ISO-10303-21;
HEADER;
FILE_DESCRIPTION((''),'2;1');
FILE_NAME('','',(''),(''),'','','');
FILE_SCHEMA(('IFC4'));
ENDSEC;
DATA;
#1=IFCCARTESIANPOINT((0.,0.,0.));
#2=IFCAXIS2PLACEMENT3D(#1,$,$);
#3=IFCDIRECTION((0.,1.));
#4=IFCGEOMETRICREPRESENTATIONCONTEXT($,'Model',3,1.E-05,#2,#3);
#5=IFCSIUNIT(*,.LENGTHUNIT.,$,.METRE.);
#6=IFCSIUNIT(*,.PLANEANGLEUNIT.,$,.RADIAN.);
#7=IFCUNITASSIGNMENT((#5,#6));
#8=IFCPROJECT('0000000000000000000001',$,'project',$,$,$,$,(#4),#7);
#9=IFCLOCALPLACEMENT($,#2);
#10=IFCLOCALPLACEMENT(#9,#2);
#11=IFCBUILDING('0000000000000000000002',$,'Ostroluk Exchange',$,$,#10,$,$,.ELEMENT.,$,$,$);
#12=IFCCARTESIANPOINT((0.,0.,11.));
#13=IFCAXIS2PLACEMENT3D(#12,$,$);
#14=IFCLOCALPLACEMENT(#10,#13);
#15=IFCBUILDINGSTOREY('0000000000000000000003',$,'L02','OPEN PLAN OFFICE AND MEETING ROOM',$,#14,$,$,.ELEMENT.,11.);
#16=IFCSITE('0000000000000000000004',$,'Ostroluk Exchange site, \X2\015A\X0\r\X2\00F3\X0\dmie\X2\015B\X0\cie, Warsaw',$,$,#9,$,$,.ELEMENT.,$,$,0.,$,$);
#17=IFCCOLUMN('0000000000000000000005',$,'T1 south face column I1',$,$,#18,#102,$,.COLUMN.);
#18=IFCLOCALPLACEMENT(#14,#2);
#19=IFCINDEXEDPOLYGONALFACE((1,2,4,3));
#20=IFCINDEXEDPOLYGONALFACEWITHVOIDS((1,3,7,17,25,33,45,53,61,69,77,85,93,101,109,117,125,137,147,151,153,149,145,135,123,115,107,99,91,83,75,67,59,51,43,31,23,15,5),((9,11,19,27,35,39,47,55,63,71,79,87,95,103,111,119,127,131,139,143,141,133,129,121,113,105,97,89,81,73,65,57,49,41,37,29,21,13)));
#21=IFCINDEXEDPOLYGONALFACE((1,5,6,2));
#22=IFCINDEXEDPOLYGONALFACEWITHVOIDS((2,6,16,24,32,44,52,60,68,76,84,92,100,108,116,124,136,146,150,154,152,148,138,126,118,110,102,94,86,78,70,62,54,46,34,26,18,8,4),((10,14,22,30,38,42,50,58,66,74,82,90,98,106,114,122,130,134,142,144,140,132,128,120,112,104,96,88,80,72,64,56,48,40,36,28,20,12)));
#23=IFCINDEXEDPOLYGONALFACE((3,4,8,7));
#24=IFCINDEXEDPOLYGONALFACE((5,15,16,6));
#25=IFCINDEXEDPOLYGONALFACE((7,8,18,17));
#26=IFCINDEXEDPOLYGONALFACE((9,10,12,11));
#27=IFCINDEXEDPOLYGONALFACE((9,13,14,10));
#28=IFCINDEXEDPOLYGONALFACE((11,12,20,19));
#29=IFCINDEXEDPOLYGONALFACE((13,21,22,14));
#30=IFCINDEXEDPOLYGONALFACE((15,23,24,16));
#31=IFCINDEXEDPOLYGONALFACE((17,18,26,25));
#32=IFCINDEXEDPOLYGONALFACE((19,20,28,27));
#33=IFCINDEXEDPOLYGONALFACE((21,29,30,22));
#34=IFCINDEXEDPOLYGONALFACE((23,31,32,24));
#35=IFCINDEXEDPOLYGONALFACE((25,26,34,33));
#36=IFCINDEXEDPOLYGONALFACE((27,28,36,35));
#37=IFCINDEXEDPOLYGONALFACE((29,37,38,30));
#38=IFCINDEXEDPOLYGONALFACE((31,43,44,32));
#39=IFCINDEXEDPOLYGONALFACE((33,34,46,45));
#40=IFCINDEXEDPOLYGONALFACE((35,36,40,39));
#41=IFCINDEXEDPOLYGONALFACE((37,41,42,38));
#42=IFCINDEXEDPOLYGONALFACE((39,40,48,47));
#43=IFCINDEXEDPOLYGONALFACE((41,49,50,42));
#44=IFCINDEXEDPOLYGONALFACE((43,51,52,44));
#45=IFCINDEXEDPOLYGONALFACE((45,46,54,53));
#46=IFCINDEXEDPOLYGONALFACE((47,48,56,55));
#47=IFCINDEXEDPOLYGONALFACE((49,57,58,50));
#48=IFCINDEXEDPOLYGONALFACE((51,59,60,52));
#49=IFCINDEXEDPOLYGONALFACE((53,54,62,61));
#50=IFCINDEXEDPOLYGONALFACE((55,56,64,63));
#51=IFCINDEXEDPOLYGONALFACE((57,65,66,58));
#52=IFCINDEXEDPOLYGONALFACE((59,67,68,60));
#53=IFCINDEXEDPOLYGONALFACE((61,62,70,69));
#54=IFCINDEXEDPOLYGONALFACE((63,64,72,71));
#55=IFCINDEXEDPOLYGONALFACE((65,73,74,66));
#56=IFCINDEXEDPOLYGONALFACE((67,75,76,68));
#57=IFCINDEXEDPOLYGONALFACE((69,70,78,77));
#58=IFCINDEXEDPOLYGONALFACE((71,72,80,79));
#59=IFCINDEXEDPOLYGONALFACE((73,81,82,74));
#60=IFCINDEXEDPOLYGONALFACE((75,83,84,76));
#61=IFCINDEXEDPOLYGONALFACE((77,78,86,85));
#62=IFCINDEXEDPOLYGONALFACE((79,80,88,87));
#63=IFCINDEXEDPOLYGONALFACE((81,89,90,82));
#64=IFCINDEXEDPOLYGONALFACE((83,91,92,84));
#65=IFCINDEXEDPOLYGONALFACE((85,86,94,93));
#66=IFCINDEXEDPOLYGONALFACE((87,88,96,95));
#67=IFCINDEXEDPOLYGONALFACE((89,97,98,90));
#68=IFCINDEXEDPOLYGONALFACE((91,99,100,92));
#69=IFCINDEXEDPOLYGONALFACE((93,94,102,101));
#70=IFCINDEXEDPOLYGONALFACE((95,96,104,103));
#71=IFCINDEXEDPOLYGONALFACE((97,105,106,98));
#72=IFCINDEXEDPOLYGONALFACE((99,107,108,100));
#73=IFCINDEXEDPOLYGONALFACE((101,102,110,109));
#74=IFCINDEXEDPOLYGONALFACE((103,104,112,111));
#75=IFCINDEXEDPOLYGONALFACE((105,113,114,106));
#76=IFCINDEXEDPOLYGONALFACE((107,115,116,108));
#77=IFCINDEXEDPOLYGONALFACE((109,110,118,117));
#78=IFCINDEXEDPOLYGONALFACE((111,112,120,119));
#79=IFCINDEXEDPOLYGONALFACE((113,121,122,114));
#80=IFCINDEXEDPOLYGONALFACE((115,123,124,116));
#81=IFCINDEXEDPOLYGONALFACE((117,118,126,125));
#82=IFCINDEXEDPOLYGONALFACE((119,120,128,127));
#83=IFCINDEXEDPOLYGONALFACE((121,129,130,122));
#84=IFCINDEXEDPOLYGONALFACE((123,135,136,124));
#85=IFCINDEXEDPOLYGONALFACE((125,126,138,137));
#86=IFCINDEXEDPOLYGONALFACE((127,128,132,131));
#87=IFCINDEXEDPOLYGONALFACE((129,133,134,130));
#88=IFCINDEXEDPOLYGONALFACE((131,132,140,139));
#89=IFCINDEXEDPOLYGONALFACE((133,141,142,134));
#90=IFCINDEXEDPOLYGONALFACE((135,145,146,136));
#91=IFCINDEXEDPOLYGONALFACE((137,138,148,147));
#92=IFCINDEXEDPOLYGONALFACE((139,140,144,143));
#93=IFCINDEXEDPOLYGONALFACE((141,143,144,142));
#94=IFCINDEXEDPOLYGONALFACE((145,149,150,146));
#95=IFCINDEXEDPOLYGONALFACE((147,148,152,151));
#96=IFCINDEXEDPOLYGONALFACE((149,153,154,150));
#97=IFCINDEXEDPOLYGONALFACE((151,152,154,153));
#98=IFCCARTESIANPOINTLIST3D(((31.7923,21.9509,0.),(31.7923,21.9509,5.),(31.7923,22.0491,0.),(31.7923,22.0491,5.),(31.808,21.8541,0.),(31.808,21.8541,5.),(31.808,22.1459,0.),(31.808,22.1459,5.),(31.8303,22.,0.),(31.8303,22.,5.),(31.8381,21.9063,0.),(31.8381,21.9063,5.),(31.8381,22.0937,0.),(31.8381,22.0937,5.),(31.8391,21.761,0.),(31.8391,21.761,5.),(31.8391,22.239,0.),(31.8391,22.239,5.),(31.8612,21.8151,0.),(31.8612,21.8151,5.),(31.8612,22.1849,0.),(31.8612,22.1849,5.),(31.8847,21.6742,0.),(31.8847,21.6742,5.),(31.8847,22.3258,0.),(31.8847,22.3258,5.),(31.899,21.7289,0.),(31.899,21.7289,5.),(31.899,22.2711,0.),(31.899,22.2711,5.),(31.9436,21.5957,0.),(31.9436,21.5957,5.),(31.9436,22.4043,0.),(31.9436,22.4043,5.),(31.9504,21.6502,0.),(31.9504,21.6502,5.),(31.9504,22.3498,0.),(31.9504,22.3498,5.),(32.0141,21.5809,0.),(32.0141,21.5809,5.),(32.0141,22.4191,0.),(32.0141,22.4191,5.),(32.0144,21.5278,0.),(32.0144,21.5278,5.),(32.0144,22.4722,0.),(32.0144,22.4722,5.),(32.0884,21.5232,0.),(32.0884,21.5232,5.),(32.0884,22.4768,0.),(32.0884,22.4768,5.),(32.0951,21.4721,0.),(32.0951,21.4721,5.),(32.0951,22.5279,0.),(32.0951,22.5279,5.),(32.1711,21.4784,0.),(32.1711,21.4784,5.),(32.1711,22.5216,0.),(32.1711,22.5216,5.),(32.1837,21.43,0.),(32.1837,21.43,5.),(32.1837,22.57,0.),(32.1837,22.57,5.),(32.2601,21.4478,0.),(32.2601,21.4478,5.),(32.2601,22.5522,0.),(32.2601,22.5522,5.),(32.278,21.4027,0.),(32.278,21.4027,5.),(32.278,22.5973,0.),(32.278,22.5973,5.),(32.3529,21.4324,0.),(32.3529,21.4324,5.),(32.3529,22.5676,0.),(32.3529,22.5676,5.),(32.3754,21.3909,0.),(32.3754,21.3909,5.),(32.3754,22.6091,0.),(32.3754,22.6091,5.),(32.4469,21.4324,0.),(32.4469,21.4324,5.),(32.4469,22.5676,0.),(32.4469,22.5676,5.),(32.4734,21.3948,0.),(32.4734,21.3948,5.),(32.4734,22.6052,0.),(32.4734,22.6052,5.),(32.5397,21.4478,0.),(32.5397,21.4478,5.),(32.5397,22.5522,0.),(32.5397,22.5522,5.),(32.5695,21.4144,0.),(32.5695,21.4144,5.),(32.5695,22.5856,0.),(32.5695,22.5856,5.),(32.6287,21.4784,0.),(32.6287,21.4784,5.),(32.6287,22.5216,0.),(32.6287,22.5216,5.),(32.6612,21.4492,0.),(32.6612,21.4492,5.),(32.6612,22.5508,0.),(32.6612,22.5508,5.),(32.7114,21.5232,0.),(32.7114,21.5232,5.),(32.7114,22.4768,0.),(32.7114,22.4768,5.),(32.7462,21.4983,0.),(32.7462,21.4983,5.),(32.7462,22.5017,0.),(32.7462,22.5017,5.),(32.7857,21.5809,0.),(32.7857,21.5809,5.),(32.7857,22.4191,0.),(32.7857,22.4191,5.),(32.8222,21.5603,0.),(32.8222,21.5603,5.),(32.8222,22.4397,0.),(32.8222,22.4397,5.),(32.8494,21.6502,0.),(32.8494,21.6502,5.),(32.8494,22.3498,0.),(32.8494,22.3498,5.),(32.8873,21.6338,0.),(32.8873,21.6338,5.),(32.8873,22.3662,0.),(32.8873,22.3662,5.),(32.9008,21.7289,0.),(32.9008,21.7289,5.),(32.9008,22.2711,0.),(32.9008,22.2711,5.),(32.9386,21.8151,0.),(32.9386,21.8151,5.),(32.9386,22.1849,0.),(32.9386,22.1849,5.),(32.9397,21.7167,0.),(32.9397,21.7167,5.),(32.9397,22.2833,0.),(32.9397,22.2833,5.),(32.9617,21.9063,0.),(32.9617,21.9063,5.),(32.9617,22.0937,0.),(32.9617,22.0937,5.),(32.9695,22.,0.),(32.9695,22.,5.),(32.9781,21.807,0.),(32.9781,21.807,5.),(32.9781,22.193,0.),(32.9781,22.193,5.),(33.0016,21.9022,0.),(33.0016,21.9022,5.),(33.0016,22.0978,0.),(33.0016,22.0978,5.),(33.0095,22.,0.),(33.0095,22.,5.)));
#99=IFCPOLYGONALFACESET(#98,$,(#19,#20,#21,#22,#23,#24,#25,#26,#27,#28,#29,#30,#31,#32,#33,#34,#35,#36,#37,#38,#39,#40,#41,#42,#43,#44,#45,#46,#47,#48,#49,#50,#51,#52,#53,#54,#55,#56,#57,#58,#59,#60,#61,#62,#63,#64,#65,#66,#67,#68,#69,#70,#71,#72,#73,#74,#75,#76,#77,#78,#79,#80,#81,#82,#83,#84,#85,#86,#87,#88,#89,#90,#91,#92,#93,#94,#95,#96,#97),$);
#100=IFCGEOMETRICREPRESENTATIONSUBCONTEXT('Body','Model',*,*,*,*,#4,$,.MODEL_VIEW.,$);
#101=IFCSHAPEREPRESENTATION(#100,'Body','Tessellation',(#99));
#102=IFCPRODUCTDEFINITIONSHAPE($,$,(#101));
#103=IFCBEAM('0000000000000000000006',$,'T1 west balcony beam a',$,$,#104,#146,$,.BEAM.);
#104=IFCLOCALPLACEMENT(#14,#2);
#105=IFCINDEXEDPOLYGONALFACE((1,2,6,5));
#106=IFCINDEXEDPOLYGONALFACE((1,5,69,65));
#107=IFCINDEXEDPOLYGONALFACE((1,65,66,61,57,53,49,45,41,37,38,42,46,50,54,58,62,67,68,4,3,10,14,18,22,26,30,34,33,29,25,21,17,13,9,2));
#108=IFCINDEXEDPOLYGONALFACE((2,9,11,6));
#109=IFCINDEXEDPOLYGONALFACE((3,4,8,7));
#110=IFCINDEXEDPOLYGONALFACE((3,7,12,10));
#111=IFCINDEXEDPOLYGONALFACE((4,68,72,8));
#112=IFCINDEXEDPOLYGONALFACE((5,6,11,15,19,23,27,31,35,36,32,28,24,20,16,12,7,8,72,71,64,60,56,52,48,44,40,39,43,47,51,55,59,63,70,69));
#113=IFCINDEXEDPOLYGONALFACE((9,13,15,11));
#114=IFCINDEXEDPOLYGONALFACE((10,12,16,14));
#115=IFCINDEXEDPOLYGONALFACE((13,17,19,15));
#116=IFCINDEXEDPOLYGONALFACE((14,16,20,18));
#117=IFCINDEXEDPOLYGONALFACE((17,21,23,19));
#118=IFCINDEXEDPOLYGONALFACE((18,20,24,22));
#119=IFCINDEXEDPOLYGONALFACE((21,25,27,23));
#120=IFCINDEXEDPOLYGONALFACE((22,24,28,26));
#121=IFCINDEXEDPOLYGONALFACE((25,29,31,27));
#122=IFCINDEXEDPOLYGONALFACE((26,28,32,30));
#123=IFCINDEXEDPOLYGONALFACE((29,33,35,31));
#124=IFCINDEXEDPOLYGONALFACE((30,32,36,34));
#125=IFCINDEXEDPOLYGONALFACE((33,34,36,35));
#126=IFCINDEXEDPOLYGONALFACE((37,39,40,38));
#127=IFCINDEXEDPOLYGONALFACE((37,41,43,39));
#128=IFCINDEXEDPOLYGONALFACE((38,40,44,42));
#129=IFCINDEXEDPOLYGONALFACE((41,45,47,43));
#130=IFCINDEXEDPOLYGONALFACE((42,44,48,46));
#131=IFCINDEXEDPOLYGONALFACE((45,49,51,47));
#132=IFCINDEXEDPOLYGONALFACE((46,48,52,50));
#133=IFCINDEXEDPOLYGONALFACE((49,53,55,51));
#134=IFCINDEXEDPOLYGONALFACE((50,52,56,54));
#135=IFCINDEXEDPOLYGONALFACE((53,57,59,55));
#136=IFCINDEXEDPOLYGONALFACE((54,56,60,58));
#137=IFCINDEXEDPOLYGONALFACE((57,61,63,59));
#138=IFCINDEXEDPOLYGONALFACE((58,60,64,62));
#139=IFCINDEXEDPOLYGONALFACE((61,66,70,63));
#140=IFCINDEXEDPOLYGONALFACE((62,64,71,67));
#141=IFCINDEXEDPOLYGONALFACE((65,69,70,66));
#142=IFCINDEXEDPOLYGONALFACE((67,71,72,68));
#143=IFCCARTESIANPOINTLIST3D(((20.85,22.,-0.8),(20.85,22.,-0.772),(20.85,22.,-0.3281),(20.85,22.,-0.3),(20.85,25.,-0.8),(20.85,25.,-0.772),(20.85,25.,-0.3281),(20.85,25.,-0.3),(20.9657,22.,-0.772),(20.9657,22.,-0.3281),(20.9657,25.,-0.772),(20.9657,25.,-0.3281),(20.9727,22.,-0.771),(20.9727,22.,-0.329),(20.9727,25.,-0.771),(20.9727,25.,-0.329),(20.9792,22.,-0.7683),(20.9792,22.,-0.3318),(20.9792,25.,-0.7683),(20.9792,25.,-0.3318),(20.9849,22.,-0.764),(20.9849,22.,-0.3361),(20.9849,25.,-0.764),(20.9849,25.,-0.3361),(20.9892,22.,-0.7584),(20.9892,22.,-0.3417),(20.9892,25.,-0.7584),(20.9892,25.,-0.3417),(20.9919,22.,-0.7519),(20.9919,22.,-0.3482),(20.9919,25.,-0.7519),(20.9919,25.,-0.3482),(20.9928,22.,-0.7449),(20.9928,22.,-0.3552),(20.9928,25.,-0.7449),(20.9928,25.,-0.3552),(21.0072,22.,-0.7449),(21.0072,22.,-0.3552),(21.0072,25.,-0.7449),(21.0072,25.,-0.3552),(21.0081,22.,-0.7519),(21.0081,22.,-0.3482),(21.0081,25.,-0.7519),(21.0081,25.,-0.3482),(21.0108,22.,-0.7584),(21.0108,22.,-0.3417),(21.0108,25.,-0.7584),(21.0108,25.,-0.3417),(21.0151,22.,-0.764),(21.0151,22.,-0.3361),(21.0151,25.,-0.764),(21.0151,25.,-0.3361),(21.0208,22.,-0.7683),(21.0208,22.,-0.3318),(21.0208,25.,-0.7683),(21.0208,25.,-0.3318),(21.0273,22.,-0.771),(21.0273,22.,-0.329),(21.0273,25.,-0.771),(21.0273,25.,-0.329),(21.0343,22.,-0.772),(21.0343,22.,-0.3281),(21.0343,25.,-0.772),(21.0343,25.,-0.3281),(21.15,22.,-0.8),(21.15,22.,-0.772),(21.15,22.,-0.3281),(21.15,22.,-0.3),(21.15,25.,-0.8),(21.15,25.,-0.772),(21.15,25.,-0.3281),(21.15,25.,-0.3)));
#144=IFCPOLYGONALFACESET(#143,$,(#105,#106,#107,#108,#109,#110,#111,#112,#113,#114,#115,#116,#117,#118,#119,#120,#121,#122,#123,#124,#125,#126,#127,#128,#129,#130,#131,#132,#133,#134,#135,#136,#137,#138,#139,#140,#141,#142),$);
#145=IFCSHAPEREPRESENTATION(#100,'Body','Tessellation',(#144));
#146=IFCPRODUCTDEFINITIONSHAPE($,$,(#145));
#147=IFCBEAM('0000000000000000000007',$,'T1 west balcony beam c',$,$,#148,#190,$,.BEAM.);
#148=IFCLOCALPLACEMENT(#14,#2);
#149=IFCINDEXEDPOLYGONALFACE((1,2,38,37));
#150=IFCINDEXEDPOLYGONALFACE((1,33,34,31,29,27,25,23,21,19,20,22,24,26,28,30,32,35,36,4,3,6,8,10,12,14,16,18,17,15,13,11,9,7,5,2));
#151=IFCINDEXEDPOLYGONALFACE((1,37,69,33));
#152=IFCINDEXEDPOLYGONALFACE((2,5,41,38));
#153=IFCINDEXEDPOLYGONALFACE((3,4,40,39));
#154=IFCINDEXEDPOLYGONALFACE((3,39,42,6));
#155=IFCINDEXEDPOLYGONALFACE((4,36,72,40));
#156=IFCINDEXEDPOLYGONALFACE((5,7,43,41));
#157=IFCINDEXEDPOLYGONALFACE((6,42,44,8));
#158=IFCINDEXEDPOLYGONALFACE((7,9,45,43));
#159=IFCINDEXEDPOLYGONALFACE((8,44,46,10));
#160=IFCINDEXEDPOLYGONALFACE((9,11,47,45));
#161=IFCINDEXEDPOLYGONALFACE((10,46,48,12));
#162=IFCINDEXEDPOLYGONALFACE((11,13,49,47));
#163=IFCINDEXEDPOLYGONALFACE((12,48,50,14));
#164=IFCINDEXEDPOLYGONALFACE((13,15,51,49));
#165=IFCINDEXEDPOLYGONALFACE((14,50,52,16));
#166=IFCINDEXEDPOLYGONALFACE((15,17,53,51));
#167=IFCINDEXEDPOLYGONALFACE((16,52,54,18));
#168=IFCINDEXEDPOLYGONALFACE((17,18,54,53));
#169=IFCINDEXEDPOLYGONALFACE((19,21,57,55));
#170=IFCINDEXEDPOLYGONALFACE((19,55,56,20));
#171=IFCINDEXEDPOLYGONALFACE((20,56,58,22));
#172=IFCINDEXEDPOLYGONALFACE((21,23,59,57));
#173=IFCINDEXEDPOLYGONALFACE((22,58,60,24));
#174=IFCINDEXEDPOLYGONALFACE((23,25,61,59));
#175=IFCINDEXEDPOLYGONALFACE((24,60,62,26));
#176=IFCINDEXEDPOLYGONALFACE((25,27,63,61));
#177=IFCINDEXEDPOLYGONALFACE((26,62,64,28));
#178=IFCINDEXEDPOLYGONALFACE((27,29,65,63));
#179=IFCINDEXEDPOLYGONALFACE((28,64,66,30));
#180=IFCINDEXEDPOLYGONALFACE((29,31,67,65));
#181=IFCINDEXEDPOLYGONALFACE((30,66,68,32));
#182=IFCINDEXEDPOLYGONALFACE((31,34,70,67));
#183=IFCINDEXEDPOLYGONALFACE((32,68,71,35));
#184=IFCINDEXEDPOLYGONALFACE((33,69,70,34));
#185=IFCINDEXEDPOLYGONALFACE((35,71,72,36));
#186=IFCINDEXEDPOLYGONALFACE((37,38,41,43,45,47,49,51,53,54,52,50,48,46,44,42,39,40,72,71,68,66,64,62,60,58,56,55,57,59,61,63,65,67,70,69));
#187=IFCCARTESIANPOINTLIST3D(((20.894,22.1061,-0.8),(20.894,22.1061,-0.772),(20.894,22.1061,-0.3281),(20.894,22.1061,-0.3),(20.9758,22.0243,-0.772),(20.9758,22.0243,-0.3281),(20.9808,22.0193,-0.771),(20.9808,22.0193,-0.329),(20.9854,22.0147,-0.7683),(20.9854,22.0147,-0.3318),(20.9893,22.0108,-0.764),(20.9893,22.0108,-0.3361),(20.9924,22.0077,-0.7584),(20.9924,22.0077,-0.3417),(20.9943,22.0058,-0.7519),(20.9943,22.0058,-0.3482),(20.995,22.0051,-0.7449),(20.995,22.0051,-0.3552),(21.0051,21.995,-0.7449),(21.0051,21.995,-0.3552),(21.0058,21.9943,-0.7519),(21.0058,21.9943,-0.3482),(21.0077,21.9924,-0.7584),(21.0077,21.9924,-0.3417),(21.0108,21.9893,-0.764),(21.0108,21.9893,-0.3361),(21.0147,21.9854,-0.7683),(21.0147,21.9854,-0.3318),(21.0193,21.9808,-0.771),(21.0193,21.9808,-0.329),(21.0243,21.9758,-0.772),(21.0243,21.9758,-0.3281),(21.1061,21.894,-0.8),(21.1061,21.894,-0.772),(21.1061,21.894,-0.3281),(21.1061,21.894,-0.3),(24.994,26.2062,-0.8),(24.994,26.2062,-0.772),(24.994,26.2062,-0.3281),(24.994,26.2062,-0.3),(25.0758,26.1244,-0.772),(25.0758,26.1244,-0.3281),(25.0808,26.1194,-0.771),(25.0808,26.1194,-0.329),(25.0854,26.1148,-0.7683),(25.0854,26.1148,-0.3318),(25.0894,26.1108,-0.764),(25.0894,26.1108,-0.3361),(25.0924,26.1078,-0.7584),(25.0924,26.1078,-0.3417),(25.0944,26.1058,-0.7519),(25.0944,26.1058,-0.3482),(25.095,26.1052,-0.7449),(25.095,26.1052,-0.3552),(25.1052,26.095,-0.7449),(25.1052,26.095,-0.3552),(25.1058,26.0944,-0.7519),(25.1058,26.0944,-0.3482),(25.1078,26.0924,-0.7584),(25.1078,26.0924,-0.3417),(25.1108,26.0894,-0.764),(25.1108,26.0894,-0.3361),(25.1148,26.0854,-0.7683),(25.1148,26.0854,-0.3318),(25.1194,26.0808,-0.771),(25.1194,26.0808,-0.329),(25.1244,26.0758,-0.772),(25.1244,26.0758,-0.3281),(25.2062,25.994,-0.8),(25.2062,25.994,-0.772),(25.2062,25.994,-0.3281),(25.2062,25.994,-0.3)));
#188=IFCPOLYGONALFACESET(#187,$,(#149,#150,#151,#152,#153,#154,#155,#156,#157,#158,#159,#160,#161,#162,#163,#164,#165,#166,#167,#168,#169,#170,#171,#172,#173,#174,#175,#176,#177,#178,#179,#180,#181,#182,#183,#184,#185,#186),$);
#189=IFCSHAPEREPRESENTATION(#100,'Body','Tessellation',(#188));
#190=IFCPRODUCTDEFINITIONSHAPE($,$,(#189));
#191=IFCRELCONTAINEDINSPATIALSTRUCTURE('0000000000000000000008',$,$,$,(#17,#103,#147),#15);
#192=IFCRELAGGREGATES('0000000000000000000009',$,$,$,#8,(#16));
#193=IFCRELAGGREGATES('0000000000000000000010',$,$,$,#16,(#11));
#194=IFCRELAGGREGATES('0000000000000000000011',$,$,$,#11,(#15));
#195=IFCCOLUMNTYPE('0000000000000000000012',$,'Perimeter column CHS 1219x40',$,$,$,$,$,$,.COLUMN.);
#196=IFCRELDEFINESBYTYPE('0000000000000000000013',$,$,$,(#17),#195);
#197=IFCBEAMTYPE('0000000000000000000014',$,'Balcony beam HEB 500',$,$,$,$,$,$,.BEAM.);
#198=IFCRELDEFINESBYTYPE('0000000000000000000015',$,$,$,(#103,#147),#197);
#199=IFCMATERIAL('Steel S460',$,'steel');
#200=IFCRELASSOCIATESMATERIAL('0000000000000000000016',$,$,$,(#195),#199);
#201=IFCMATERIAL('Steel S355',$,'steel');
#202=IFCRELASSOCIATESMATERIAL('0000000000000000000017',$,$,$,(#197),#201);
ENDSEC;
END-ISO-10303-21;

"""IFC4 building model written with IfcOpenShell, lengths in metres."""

from ifc_helpers import new_model, si_unit, direction, frame, origin, origin_2d, place, context, subcontext, project, spatial, hollow_circle, i_section, extrude, material, material_profile, profile_set, type_object, element, save


model = new_model("IFC4")

# Units and contexts
model_context = context("Model", 3, precision=1e-05, world=origin(), true_north=direction((0.0, 1.0)))
body_context = subcontext(model_context, "Body", "Model", "MODEL_VIEW")
ifc_project = project(units=[si_unit("LENGTHUNIT", "METRE"), si_unit("PLANEANGLEUNIT", "RADIAN")], contexts=[model_context])

# Site, building, storey
site_placement = place(None, origin())
site = spatial("IfcSite", under=ifc_project, at=site_placement, Name="Ostroluk Exchange site, Śródmieście, Warsaw", CompositionType="ELEMENT", RefElevation=0.0)
building_placement = place(site_placement, origin())
building = spatial("IfcBuilding", under=site, at=building_placement, Name="Ostroluk Exchange", CompositionType="ELEMENT")
storey_placement = place(building_placement, frame((0.0, 0.0, 11.0)))
storey = spatial("IfcBuildingStorey", under=building, at=storey_placement, Name="L02", Description="OPEN PLAN OFFICE AND MEETING ROOM", CompositionType="ELEMENT", Elevation=11.0)

# Column
ifc_material_1 = material(Name="Steel S460", Category="steel")
ifc_material_profile_1 = material_profile(ifc_material_1, hollow_circle(Radius=0.6096, WallThickness=0.04, at=origin_2d()), Name="CHS 1219x40")
ifc_profile_set_1 = profile_set([ifc_material_profile_1], Name="Steel S460")
column_type_1 = type_object("IfcColumnType", Name="Perimeter column CHS 1219x40", PredefinedType="COLUMN", material=ifc_profile_set_1)
for number, where, z_axis, x_axis, name in (
    (1, (32.3999, 22.0, 0.0), (0.0, 0.0, 1.0), (1.0, 0.0, 0.0), "T1 south face column I1"),
):
    element("IfcColumn", number, at=place(storey_placement, frame(where, z_axis=z_axis, x_axis=x_axis)), inside=storey, type_object=column_type_1, Name=name, PredefinedType="COLUMN", context=body_context, shape_type="SweptSolid", body=[
        extrude(hollow_circle(Radius=0.6096, WallThickness=0.04, at=origin_2d()), origin(), (0.0, 0.0, 1.0), 5.0),
    ])

# Beams
ifc_material_2 = material(Name="Steel S355", Category="steel")
ifc_material_profile_2 = material_profile(ifc_material_2, i_section(OverallWidth=0.3, OverallDepth=0.5, WebThickness=0.0144, FlangeThickness=0.0281, FilletRadius=0.0271, at=origin_2d()), Name="HEB 500")
ifc_profile_set_2 = profile_set([ifc_material_profile_2], Name="Steel S355")
beam_type_1 = type_object("IfcBeamType", Name="Balcony beam HEB 500", PredefinedType="BEAM", material=ifc_profile_set_2)
beam_1_placement = place(storey_placement, frame((21.0, 25.0, -0.55), z_axis=(0.0, -1.0, 0.0), x_axis=(1.0, 0.0, 0.0)))
element("IfcBeam", 2, at=beam_1_placement, inside=storey, type_object=beam_type_1, Name="T1 west balcony beam a", PredefinedType="BEAM", context=body_context, shape_type="SweptSolid", body=[
    extrude(i_section(OverallWidth=0.3, OverallDepth=0.5, WebThickness=0.0144, FlangeThickness=0.0281, FilletRadius=0.0271, at=origin_2d()), origin(), (0.0, 0.0, 1.0), 3.0),
])
beam_2_placement = place(storey_placement, frame((25.1001, 26.1001, -0.55), z_axis=(-0.707107, -0.707107, 0.0), x_axis=(0.707107, -0.707107, 0.0)))
element("IfcBeam", 3, at=beam_2_placement, inside=storey, type_object=beam_type_1, Name="T1 west balcony beam c", PredefinedType="BEAM", context=body_context, shape_type="SweptSolid", body=[
    extrude(i_section(OverallWidth=0.3, OverallDepth=0.5, WebThickness=0.0144, FlangeThickness=0.0281, FilletRadius=0.0271, at=origin_2d()), origin(), (0.0, 0.0, 1.0), 5.7983),
])

save(model, "model.ifc")
